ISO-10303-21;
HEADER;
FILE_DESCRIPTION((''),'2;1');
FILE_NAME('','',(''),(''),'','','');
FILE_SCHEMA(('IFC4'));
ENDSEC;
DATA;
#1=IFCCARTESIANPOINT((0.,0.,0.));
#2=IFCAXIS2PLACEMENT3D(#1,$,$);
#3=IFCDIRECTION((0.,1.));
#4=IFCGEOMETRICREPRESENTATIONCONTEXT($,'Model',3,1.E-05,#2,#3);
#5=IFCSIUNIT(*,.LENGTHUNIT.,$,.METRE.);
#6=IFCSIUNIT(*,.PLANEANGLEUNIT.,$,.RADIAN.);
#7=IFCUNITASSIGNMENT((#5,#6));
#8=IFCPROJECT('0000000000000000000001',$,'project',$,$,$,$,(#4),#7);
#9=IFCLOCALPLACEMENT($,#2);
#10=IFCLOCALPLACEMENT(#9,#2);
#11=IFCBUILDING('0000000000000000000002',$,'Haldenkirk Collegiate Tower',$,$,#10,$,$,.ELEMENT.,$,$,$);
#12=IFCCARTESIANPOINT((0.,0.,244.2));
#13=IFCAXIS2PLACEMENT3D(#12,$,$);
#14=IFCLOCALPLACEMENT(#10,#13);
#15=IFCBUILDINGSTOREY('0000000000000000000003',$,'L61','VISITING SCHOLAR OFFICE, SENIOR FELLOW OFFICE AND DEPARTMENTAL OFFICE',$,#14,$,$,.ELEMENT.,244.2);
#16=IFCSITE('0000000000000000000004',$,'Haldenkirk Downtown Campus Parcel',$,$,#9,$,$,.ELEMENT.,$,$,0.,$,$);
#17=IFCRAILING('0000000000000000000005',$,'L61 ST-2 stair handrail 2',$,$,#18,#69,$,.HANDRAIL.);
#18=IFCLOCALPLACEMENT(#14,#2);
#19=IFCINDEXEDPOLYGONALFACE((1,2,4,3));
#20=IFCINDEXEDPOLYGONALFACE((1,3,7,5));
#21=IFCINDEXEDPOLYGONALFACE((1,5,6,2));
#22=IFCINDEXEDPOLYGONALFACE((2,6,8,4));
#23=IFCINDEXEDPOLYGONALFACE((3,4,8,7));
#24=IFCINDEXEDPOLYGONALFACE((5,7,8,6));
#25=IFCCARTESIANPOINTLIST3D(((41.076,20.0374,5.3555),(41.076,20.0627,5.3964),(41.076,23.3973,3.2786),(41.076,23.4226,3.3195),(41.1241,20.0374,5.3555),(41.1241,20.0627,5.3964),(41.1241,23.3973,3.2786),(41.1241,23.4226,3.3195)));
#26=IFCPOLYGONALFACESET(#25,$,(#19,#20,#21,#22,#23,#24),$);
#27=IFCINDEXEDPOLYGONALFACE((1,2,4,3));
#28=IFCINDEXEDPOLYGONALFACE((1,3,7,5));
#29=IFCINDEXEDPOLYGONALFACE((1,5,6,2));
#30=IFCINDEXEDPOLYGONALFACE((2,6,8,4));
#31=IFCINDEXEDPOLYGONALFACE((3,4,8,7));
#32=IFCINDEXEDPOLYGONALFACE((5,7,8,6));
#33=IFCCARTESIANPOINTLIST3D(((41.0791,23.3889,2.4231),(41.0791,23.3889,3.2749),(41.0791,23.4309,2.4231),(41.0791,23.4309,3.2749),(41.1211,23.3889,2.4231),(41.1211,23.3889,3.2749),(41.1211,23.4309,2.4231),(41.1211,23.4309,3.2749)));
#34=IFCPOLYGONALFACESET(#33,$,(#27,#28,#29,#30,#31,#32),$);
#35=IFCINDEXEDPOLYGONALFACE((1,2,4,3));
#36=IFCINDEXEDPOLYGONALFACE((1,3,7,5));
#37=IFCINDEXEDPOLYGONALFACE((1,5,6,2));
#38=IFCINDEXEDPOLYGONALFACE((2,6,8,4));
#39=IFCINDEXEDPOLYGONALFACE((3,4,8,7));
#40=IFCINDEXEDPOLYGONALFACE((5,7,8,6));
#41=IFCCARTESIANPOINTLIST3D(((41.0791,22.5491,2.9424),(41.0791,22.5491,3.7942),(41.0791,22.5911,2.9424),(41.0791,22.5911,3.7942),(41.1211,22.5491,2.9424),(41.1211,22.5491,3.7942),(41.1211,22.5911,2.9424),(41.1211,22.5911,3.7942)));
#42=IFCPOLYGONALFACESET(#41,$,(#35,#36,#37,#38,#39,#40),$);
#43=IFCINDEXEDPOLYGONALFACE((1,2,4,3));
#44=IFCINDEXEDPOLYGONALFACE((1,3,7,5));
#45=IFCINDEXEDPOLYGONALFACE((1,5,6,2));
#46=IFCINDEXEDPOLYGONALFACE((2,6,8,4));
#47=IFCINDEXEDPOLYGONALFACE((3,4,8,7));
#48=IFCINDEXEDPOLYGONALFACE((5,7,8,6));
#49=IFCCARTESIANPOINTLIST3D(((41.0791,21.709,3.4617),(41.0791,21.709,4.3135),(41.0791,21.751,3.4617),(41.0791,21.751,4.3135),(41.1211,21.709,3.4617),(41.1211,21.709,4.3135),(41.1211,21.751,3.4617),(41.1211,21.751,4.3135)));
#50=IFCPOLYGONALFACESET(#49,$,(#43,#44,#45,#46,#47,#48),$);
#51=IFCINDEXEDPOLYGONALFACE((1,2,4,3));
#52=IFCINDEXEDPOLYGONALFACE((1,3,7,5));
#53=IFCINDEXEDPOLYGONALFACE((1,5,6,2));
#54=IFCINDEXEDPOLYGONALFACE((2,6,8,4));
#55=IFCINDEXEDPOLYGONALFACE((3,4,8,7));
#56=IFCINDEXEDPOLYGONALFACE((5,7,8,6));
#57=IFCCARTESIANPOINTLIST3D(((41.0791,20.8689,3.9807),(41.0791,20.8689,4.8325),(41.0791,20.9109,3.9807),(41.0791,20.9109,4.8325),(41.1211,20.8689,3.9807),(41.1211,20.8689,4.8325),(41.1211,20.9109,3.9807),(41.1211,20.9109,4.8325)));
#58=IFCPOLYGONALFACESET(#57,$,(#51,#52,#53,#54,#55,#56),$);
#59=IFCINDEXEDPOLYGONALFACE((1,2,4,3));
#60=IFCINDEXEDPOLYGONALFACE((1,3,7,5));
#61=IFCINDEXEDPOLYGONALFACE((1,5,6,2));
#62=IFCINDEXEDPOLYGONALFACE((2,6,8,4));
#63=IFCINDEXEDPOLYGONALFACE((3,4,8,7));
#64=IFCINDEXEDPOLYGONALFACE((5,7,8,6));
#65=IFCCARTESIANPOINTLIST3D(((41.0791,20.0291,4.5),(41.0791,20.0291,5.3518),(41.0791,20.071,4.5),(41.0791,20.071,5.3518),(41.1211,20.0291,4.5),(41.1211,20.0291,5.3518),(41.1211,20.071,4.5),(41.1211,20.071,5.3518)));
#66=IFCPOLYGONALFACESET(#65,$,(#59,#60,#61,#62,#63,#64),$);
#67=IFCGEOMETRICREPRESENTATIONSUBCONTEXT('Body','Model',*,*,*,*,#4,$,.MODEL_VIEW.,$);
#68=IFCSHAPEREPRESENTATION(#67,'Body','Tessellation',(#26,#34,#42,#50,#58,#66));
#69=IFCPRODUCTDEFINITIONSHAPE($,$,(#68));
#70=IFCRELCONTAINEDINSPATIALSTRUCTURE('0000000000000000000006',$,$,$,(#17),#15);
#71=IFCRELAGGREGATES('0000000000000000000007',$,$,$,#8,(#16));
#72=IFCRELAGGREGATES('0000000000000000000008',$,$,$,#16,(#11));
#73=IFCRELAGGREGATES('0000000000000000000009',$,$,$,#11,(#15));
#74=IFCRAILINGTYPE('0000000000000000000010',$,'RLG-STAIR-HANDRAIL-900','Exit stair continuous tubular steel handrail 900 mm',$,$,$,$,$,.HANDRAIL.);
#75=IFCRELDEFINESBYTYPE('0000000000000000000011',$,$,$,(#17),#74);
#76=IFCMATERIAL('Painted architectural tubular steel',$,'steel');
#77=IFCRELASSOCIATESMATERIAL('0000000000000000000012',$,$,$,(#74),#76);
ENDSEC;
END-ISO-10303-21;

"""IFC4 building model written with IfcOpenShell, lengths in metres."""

from ifc_helpers import new_model, si_unit, direction, frame, origin, origin_2d, place, context, subcontext, project, spatial, rectangle, extrude, material, type_object, element, save


model = new_model("IFC4")

# Units and contexts
model_context = context("Model", 3, precision=1e-05, world=origin(), true_north=direction((0.0, 1.0)))
body_context = subcontext(model_context, "Body", "Model", "MODEL_VIEW")
ifc_project = project(units=[si_unit("LENGTHUNIT", "METRE"), si_unit("PLANEANGLEUNIT", "RADIAN")], contexts=[model_context])

# Site, building, storey
site_placement = place(None, origin())
site = spatial("IfcSite", under=ifc_project, at=site_placement, Name="Haldenkirk Downtown Campus Parcel", CompositionType="ELEMENT", RefElevation=0.0)
building_placement = place(site_placement, origin())
building = spatial("IfcBuilding", under=site, at=building_placement, Name="Haldenkirk Collegiate Tower", CompositionType="ELEMENT")
storey_placement = place(building_placement, frame((0.0, 0.0, 244.2)))
storey = spatial("IfcBuildingStorey", under=building, at=storey_placement, Name="L61", Description="VISITING SCHOLAR OFFICE, SENIOR FELLOW OFFICE AND DEPARTMENTAL OFFICE", CompositionType="ELEMENT", Elevation=244.2)

# Railing
ifc_material_1 = material(Name="Painted architectural tubular steel", Category="steel")
railing_type_1 = type_object("IfcRailingType", Name="RLG-STAIR-HANDRAIL-900", Description="Exit stair continuous tubular steel handrail 900 mm", PredefinedType="HANDRAIL", material=ifc_material_1)
railing_1_placement = place(storey_placement, frame((41.1001, 23.4099, 2.4231)))
element("IfcRailing", 1, at=railing_1_placement, inside=storey, type_object=railing_type_1, Name="L61 ST-2 stair handrail 2", PredefinedType="HANDRAIL", context=body_context, shape_type="SweptSolid", body=[
    extrude(rectangle(XDim=0.0481, YDim=0.0481, at=origin_2d()), frame((0.0, 0.0, 0.876), z_axis=(0.0, -0.850606, 0.525803), x_axis=(1.0, 0.0, 0.0)), (0.0, 0.0, 1.0), 3.95),
    extrude(rectangle(XDim=0.042, YDim=0.042, at=origin_2d()), origin(), (0.0, 0.0, 1.0), 0.8518),
    extrude(rectangle(XDim=0.042, YDim=0.042, at=origin_2d()), frame((0.0, -0.8398, 0.5193)), (0.0, 0.0, 1.0), 0.8518),
    extrude(rectangle(XDim=0.042, YDim=0.042, at=origin_2d()), frame((0.0, -1.6799, 1.0386)), (0.0, 0.0, 1.0), 0.8518),
    extrude(rectangle(XDim=0.042, YDim=0.042, at=origin_2d()), frame((0.0, -2.52, 1.5576)), (0.0, 0.0, 1.0), 0.8518),
    extrude(rectangle(XDim=0.042, YDim=0.042, at=origin_2d()), frame((0.0, -3.3599, 2.0769)), (0.0, 0.0, 1.0), 0.8518),
])

save(model, "model.ifc")
